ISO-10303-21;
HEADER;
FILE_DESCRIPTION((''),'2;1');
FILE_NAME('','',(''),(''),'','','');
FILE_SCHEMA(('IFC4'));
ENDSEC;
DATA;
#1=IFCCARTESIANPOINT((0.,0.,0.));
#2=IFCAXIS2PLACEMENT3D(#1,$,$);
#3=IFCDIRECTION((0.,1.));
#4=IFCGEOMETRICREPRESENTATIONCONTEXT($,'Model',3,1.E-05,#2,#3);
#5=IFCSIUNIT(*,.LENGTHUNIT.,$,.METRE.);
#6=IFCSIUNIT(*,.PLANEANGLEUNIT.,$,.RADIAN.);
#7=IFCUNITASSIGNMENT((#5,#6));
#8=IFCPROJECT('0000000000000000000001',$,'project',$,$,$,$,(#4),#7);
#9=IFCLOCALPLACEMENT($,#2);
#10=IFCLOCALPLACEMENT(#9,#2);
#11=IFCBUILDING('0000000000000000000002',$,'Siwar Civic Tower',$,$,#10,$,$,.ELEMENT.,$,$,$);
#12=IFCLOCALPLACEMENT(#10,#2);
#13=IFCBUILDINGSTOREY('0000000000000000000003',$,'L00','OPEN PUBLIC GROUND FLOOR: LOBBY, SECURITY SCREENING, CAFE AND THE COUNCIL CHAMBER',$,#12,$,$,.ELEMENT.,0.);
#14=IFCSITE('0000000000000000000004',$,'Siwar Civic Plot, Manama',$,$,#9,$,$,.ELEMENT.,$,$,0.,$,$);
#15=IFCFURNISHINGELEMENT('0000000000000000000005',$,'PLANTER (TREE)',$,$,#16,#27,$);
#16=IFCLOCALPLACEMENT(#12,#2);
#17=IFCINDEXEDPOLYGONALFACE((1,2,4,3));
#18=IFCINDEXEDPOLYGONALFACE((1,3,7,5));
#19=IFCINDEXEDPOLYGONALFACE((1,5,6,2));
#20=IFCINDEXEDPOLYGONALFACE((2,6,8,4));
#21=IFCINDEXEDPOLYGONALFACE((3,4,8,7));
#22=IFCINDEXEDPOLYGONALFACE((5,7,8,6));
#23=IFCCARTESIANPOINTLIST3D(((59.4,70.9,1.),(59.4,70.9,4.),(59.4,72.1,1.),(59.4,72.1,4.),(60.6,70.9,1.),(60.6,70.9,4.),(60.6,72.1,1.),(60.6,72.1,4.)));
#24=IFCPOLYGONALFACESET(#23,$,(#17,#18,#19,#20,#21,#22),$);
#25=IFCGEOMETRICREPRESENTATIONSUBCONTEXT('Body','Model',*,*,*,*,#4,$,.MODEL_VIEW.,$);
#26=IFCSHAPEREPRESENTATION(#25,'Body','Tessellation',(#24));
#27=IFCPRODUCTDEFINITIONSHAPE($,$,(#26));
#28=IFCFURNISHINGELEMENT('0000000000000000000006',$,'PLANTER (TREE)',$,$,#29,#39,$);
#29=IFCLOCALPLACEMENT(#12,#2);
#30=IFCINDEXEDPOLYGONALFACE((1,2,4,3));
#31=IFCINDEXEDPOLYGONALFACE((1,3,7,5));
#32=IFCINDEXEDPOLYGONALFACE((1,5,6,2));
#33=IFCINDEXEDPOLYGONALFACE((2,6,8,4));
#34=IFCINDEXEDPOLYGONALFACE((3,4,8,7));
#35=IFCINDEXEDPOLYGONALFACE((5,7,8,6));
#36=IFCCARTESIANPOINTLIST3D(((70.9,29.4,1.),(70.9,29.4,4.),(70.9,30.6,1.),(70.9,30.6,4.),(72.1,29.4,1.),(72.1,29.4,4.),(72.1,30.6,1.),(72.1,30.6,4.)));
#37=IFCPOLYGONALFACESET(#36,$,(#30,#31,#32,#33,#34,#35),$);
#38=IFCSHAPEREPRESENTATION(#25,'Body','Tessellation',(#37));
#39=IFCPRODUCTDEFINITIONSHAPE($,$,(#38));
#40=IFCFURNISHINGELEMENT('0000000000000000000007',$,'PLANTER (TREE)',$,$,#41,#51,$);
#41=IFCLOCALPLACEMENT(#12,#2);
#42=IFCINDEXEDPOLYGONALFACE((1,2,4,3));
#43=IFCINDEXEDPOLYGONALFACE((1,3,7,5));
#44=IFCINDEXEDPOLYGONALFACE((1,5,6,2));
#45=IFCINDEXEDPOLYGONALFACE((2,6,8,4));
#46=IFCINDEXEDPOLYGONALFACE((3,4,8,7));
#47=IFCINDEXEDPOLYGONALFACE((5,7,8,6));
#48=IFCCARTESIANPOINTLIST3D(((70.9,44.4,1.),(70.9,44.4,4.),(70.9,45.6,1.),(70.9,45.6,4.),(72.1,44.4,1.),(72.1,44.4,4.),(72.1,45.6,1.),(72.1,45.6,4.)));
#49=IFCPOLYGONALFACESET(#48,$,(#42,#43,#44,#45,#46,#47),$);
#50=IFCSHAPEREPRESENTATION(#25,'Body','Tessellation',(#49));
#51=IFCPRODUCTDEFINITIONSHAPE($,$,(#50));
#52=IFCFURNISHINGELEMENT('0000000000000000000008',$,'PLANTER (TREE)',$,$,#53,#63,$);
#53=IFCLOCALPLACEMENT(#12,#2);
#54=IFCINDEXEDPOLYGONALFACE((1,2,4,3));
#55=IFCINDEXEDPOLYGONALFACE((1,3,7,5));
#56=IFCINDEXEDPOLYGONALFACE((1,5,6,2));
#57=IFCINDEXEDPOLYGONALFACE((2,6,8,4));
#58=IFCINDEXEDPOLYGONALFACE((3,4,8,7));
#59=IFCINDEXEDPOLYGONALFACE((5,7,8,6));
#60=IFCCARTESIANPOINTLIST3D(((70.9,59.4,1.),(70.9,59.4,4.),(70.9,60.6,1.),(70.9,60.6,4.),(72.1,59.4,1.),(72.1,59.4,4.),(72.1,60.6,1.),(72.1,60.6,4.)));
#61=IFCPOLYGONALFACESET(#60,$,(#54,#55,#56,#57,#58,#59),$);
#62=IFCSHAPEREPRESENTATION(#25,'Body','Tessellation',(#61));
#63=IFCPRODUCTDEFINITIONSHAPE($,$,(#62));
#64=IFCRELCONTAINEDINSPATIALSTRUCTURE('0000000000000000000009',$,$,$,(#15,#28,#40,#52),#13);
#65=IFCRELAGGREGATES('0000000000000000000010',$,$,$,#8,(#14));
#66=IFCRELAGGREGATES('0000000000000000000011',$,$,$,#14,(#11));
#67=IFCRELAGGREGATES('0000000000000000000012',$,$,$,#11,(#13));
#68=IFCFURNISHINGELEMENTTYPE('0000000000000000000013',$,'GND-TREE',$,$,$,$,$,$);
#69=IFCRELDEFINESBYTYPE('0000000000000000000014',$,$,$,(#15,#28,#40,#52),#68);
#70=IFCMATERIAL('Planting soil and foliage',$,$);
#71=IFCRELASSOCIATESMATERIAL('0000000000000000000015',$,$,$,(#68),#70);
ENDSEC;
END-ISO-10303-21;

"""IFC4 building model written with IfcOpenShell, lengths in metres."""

from ifc_helpers import new_model, si_unit, direction, frame, origin, origin_2d, place, context, subcontext, project, spatial, rectangle, extrude, material, type_object, element, save


model = new_model("IFC4")

# Units and contexts
model_context = context("Model", 3, precision=1e-05, world=origin(), true_north=direction((0.0, 1.0)))
body_context = subcontext(model_context, "Body", "Model", "MODEL_VIEW")
ifc_project = project(units=[si_unit("LENGTHUNIT", "METRE"), si_unit("PLANEANGLEUNIT", "RADIAN")], contexts=[model_context])

# Site, building, storey
site_placement = place(None, origin())
site = spatial("IfcSite", under=ifc_project, at=site_placement, Name="Siwar Civic Plot, Manama", CompositionType="ELEMENT", RefElevation=0.0)
building_placement = place(site_placement, origin())
building = spatial("IfcBuilding", under=site, at=building_placement, Name="Siwar Civic Tower", CompositionType="ELEMENT")
storey_placement = place(building_placement, origin())
storey = spatial("IfcBuildingStorey", under=building, at=storey_placement, Name="L00", Description="OPEN PUBLIC GROUND FLOOR: LOBBY, SECURITY SCREENING, CAFE AND THE COUNCIL CHAMBER", CompositionType="ELEMENT", Elevation=0.0)

# Furnishing elements
ifc_material_1 = material(Name="Planting soil and foliage")
furnishing_element_type_1 = type_object("IfcFurnishingElementType", Name="GND-TREE", material=ifc_material_1)
for number, where, z_axis, x_axis, name in (
    (1, (60.0, 71.5, 1.0), (0.0, 0.0, 1.0), (1.0, 0.0, 0.0), "PLANTER (TREE)"),
    (2, (71.5, 30.0, 1.0), (0.0, 0.0, 1.0), (1.0, 0.0, 0.0), "PLANTER (TREE)"),
    (3, (71.5, 45.0, 1.0), (0.0, 0.0, 1.0), (1.0, 0.0, 0.0), "PLANTER (TREE)"),
    (4, (71.5, 60.0, 1.0), (0.0, 0.0, 1.0), (1.0, 0.0, 0.0), "PLANTER (TREE)"),
):
    element("IfcFurnishingElement", number, at=place(storey_placement, frame(where, z_axis=z_axis, x_axis=x_axis)), inside=storey, type_object=furnishing_element_type_1, Name=name, context=body_context, shape_type="SweptSolid", body=[
        extrude(rectangle(XDim=1.2, YDim=1.2, at=origin_2d()), origin(), (0.0, 0.0, 1.0), 3.0),
    ])

save(model, "model.ifc")
